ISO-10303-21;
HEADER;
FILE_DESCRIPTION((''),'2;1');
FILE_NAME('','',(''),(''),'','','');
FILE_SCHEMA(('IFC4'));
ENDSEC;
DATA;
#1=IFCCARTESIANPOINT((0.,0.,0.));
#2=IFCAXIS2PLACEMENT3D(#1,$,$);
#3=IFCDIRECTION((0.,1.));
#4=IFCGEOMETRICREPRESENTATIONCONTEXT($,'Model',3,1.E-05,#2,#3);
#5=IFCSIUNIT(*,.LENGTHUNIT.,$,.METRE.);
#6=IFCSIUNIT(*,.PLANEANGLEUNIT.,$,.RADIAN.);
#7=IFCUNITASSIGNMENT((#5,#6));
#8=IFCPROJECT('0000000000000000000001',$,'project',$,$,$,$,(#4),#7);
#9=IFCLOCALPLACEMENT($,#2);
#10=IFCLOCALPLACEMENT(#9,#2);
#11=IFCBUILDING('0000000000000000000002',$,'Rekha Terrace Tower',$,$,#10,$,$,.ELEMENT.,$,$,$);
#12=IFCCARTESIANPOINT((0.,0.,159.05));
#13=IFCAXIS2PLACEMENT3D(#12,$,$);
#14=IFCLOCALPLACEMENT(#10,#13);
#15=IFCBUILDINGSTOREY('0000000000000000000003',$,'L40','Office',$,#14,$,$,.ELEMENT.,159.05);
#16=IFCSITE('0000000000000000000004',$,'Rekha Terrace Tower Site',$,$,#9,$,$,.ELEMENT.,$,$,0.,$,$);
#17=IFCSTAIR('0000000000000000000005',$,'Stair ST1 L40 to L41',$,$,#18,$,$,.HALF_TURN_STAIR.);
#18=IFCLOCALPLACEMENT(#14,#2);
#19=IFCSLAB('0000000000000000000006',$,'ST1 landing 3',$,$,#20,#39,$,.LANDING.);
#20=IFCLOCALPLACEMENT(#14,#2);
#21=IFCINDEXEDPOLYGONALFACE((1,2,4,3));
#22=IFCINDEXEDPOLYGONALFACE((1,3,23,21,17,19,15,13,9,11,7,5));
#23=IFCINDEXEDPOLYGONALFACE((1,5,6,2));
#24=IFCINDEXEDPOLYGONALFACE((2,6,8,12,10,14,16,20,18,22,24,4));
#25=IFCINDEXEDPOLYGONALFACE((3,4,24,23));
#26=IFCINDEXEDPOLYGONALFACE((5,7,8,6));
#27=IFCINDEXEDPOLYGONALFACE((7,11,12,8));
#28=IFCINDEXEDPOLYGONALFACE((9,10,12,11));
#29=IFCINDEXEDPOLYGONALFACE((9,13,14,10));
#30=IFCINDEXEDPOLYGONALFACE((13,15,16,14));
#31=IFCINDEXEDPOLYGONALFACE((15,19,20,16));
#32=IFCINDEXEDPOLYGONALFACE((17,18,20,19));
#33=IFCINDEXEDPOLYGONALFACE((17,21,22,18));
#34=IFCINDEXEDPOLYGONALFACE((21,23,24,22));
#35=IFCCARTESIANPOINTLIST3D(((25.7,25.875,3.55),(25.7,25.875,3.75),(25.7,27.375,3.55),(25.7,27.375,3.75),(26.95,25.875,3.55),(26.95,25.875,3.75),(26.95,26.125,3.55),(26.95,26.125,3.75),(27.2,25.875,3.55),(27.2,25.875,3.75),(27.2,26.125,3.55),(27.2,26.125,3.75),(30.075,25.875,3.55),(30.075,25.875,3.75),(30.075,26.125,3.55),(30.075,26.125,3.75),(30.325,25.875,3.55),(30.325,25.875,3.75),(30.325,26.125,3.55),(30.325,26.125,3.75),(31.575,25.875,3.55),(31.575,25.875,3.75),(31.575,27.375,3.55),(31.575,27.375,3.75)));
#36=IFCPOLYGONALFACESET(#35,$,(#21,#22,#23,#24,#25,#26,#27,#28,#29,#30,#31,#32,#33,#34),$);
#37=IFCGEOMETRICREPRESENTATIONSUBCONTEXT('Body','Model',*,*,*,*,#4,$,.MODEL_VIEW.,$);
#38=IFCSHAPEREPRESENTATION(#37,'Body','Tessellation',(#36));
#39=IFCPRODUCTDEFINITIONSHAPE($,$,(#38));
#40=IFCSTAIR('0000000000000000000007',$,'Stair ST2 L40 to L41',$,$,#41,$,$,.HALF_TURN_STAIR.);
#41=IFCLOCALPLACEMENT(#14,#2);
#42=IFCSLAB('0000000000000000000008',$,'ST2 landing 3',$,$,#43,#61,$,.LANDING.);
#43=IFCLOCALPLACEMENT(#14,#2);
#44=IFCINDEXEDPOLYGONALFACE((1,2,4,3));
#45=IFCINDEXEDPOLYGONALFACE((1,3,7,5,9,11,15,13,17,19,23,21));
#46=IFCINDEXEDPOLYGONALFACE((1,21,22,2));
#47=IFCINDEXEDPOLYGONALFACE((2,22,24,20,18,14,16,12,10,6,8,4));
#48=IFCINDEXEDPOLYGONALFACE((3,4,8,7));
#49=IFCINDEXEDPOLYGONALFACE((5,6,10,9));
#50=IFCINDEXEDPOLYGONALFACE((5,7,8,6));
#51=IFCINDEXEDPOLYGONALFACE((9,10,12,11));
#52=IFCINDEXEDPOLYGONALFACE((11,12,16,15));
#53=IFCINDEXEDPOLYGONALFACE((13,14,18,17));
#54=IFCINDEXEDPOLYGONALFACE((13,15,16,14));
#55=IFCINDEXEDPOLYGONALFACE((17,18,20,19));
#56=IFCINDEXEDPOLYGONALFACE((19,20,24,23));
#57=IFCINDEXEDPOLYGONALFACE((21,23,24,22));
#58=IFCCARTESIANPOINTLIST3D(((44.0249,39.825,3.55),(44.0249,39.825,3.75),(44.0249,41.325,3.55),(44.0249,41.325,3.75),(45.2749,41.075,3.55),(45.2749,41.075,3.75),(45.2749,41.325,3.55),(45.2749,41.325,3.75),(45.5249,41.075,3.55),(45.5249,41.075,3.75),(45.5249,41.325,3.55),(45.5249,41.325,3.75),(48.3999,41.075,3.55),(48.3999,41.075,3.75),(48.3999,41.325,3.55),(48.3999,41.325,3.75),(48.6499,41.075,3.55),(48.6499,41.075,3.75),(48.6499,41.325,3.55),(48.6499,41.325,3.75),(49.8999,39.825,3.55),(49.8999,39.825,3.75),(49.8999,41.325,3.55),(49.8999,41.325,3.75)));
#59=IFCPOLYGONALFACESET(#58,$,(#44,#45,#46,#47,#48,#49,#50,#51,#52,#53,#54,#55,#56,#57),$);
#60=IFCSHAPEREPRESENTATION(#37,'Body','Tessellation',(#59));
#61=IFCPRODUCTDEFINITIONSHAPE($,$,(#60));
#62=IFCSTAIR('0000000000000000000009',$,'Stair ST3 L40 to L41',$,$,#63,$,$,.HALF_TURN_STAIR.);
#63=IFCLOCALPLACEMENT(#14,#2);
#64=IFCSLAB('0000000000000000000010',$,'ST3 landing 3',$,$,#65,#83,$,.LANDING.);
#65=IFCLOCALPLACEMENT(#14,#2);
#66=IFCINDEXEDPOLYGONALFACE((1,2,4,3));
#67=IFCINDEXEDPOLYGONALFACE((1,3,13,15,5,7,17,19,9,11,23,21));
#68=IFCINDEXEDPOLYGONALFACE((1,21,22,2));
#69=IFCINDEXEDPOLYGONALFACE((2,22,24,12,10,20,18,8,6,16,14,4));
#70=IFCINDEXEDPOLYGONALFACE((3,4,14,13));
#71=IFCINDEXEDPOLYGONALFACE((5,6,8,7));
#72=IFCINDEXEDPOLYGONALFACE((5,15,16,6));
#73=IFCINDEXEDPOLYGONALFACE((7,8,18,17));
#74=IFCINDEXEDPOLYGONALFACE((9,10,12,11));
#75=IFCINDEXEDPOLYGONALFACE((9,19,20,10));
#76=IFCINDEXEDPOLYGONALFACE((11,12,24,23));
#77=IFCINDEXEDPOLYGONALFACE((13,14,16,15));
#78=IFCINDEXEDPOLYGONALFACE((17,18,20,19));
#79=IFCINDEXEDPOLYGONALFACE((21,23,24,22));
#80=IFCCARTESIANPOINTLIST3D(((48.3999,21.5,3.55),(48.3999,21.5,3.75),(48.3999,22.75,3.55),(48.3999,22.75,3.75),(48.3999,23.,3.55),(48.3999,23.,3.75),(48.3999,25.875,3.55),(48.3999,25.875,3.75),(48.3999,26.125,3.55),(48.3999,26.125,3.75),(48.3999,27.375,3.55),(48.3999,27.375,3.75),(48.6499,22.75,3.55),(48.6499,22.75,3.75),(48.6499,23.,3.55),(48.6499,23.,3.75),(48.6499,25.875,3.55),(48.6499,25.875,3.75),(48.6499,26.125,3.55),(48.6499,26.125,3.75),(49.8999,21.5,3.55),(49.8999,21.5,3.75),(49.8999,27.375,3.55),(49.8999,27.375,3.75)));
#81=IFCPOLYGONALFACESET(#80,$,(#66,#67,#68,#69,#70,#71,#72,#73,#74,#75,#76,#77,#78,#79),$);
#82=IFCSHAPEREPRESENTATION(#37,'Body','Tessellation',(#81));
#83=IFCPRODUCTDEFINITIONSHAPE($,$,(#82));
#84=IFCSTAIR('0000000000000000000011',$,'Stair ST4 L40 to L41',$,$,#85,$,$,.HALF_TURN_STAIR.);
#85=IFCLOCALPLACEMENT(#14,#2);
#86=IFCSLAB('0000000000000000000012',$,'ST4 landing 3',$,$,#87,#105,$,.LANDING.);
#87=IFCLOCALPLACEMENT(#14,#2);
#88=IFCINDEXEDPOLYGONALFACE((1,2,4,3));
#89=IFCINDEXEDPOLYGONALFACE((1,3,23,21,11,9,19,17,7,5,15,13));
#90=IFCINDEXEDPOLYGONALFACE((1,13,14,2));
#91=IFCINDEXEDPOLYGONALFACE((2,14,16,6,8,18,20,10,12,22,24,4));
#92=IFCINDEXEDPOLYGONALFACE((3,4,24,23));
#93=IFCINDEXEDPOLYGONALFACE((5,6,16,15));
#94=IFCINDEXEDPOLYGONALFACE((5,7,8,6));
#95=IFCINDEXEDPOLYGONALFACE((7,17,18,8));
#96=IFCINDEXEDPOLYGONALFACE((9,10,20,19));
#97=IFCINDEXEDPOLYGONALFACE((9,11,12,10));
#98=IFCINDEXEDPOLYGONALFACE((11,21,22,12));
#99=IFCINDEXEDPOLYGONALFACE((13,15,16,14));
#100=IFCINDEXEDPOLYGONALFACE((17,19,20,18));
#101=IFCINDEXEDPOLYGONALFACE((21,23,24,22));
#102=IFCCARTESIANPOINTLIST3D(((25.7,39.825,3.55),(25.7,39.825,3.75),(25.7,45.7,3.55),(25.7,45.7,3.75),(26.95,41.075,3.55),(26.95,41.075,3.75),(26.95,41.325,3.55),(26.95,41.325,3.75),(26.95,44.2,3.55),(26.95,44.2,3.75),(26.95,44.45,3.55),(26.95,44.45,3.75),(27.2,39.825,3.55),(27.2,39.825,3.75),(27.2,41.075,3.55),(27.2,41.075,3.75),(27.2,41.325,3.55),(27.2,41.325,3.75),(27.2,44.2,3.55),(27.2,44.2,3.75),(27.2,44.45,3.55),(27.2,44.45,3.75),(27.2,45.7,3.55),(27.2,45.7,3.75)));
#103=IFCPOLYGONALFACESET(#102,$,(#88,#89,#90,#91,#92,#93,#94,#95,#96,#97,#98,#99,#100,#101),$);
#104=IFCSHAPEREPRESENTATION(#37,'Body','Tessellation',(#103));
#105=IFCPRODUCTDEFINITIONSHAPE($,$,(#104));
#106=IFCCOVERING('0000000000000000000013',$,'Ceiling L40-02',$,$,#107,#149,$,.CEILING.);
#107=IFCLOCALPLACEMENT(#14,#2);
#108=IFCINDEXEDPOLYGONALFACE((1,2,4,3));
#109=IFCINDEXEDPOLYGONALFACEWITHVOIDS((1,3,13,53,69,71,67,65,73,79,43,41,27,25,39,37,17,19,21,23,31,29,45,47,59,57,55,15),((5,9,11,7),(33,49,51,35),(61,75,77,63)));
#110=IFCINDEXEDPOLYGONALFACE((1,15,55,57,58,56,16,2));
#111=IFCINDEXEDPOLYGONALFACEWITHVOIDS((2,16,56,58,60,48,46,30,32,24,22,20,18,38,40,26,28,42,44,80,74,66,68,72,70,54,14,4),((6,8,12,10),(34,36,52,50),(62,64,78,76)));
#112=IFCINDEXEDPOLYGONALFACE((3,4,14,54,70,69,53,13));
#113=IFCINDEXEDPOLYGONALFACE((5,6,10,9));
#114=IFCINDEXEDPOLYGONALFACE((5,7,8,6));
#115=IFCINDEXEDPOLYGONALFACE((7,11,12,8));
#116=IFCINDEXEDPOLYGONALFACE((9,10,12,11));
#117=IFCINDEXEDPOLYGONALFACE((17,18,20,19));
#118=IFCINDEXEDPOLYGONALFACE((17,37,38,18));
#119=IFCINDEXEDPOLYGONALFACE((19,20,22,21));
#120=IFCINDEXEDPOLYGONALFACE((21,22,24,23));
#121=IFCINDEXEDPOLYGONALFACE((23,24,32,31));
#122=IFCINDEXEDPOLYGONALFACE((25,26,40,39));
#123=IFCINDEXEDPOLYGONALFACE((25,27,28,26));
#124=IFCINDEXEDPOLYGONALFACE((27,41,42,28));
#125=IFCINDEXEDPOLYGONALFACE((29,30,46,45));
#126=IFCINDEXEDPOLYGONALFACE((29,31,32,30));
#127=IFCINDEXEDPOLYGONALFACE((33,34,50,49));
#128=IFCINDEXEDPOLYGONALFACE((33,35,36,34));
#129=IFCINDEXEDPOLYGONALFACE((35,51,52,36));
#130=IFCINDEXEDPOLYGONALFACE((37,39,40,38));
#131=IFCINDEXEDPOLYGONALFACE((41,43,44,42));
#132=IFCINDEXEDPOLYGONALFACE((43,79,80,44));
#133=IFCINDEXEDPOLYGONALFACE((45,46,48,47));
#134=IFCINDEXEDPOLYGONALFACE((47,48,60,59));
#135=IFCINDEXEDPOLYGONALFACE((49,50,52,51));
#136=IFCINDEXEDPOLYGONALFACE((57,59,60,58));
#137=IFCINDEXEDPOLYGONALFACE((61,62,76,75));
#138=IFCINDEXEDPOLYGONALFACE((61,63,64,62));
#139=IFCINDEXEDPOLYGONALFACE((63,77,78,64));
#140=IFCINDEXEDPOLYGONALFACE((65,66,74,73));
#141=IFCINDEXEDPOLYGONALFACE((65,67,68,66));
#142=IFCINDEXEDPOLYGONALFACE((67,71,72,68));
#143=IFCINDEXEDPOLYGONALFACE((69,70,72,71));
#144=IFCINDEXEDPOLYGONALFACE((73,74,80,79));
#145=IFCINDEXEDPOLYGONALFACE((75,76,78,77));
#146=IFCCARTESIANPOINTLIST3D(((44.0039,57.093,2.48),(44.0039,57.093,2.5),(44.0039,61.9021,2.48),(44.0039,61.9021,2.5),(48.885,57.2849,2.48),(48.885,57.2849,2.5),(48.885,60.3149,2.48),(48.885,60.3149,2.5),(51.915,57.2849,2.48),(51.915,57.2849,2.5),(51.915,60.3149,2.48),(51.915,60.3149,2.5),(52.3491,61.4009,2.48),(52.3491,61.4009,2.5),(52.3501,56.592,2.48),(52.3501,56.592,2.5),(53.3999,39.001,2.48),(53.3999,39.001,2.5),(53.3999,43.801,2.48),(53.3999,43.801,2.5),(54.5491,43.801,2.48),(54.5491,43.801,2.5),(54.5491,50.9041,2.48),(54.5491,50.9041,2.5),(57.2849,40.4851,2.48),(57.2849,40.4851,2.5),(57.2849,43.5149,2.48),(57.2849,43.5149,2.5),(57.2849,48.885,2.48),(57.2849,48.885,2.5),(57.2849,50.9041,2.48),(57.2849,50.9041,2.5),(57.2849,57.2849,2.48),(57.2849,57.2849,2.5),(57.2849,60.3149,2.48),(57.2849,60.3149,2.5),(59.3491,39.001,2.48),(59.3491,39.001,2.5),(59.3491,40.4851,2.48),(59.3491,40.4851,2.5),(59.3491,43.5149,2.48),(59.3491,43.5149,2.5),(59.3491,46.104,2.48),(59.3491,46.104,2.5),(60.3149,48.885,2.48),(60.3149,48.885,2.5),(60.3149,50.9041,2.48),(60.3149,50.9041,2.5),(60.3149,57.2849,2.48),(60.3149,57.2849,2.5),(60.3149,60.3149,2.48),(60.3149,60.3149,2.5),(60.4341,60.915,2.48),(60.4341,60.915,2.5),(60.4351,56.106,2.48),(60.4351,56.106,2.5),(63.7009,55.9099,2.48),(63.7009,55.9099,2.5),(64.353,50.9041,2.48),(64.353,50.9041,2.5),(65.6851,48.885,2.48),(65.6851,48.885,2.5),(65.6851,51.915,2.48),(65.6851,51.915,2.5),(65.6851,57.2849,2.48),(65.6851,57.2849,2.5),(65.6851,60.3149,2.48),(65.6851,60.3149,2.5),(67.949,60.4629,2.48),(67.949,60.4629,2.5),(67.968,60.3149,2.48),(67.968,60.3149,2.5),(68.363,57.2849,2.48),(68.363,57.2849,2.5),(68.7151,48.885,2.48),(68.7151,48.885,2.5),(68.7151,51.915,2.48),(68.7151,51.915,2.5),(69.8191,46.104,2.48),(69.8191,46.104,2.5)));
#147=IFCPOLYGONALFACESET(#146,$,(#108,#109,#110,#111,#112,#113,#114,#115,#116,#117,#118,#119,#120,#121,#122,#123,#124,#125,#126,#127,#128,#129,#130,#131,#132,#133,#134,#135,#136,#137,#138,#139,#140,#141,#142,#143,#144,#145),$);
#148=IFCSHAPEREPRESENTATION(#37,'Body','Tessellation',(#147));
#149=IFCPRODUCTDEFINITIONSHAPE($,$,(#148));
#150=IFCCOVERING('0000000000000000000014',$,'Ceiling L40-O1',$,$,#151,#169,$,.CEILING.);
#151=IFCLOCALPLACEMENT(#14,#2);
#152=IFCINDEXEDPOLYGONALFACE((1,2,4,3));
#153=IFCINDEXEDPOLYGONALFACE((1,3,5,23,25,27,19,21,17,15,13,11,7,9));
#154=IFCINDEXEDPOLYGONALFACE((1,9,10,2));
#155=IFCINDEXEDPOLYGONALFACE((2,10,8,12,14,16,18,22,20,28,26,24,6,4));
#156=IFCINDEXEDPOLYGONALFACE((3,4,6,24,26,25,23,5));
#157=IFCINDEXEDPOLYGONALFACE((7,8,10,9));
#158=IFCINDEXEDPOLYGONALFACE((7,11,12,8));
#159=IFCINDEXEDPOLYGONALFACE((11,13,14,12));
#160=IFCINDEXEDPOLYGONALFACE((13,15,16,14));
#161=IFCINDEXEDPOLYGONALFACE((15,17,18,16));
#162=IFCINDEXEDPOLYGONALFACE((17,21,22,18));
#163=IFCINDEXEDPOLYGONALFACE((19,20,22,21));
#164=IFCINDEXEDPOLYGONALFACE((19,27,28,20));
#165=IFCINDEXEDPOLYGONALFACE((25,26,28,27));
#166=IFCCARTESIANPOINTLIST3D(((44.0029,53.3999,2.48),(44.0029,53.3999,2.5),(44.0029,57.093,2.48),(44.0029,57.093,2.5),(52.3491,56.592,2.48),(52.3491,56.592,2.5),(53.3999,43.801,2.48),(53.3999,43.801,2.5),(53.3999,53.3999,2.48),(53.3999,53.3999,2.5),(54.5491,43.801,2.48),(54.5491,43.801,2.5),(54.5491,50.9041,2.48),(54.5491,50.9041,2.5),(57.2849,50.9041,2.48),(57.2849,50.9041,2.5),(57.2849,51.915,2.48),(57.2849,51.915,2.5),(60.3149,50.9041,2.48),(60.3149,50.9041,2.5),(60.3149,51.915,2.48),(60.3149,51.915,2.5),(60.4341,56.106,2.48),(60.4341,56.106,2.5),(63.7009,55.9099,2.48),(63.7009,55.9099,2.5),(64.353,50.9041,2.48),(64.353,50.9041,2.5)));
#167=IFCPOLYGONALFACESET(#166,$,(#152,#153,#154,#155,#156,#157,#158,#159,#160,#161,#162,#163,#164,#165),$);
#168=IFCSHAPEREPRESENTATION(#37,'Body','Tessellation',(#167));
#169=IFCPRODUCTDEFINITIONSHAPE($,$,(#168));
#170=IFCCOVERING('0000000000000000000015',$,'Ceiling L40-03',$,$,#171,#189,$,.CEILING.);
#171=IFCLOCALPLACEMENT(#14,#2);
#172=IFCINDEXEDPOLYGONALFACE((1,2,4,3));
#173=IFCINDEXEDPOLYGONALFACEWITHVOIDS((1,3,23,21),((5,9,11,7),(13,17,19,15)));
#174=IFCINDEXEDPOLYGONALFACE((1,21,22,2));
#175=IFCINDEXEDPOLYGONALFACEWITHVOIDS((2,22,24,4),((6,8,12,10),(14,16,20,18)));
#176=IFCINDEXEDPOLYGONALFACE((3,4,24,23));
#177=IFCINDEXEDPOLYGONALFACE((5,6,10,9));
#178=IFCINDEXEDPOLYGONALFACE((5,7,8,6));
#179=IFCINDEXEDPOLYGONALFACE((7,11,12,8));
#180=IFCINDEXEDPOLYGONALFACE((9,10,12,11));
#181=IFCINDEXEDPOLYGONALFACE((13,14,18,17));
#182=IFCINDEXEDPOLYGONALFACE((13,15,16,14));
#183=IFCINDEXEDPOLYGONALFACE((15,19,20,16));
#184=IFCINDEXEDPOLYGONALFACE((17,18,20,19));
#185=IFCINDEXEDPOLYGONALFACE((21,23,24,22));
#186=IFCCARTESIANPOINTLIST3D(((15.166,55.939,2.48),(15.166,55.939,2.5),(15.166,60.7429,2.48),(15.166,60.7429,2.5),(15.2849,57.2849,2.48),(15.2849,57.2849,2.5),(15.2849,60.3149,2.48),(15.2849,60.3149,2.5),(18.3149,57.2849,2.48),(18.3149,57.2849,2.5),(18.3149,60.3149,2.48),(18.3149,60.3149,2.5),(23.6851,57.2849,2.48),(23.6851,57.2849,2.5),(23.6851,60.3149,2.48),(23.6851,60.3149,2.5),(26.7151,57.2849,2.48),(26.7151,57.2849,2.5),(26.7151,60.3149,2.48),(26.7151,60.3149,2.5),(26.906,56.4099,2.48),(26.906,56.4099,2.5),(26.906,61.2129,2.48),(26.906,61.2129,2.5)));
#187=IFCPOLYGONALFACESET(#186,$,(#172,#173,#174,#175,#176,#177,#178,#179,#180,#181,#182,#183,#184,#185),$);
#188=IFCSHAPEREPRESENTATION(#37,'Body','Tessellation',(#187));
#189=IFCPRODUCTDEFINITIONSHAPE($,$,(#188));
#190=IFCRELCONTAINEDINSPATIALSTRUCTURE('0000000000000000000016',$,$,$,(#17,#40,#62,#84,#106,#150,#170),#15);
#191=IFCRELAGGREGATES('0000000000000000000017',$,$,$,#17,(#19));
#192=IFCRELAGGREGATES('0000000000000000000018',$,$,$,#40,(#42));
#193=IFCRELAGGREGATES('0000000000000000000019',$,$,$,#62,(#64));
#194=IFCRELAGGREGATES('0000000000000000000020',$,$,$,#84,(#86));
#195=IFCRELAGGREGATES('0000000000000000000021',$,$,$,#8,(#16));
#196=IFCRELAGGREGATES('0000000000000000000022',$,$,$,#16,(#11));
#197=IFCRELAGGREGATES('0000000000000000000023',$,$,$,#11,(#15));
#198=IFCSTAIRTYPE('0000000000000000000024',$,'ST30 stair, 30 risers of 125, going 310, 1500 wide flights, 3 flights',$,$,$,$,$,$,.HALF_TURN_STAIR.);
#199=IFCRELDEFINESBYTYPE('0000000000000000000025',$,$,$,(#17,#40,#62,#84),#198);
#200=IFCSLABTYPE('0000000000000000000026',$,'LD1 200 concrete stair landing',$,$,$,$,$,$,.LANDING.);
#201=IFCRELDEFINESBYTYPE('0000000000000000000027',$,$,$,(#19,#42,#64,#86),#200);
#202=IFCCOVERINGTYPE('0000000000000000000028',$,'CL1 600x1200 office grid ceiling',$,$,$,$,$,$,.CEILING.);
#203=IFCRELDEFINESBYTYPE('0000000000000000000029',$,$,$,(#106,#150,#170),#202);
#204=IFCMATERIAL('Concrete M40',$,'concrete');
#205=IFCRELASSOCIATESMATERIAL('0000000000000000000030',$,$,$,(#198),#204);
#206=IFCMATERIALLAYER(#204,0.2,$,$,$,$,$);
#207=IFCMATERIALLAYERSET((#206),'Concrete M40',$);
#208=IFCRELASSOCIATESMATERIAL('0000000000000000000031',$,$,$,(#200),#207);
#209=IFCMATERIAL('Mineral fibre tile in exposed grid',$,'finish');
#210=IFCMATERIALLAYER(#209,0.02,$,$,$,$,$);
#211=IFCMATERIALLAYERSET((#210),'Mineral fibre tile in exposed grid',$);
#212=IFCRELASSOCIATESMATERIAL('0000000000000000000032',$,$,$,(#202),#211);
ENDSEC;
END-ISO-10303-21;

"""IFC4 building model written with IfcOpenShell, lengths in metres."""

from ifc_helpers import new_model, si_unit, direction, frame, origin, place, context, subcontext, project, spatial, polyline, outline, extrude, material, layer, layer_set, type_object, element, aggregate, save


model = new_model("IFC4")

# Units and contexts
model_context = context("Model", 3, precision=1e-05, world=origin(), true_north=direction((0.0, 1.0)))
body_context = subcontext(model_context, "Body", "Model", "MODEL_VIEW")
ifc_project = project(units=[si_unit("LENGTHUNIT", "METRE"), si_unit("PLANEANGLEUNIT", "RADIAN")], contexts=[model_context])

# Site, building, storey
site_placement = place(None, origin())
site = spatial("IfcSite", under=ifc_project, at=site_placement, Name="Rekha Terrace Tower Site", CompositionType="ELEMENT", RefElevation=0.0)
building_placement = place(site_placement, origin())
building = spatial("IfcBuilding", under=site, at=building_placement, Name="Rekha Terrace Tower", CompositionType="ELEMENT")
storey_placement = place(building_placement, frame((0.0, 0.0, 159.05)))
storey = spatial("IfcBuildingStorey", under=building, at=storey_placement, Name="L40", Description="Office", CompositionType="ELEMENT", Elevation=159.05)

# Stairs, slabs
ifc_material_1 = material(Name="Concrete M40", Category="concrete")
stair_type = type_object("IfcStairType", Name="ST30 stair, 30 risers of 125, going 310, 1500 wide flights, 3 flights", PredefinedType="HALF_TURN_STAIR", material=ifc_material_1)
stair_1_placement = place(storey_placement, origin())
stair_1 = element("IfcStair", 1, at=stair_1_placement, inside=storey, type_object=stair_type, Name="Stair ST1 L40 to L41", PredefinedType="HALF_TURN_STAIR")
ifc_layer_1 = layer(ifc_material_1, 0.2)
ifc_layer_set_1 = layer_set([ifc_layer_1], Name="Concrete M40")
slab_type = type_object("IfcSlabType", Name="LD1 200 concrete stair landing", PredefinedType="LANDING", material=ifc_layer_set_1)
slab_1_placement = place(storey_placement, frame((0.0, 0.0, 3.55)))
slab_1 = element("IfcSlab", 2, at=slab_1_placement, type_object=slab_type, Name="ST1 landing 3", PredefinedType="LANDING", context=body_context, shape_type="SweptSolid", body=[
    extrude(outline(polyline([(31.575, 25.875), (31.575, 27.375), (25.7, 27.375), (25.7, 25.875), (26.95, 25.875), (26.95, 26.125), (27.2, 26.125), (27.2, 25.875), (30.075, 25.875), (30.075, 26.125), (30.325, 26.125), (30.325, 25.875), (31.575, 25.875)])), origin(), (0.0, 0.0, 1.0), 0.2),
])
aggregate(stair_1, [slab_1])
stair_2_placement = place(storey_placement, origin())
stair_2 = element("IfcStair", 3, at=stair_2_placement, inside=storey, type_object=stair_type, Name="Stair ST2 L40 to L41", PredefinedType="HALF_TURN_STAIR")
slab_2_placement = place(storey_placement, frame((0.0, 0.0, 3.55)))
slab_2 = element("IfcSlab", 4, at=slab_2_placement, type_object=slab_type, Name="ST2 landing 3", PredefinedType="LANDING", context=body_context, shape_type="SweptSolid", body=[
    extrude(outline(polyline([(44.0249, 41.325), (44.0249, 39.825), (49.8999, 39.825), (49.8999, 41.325), (48.6499, 41.325), (48.6499, 41.075), (48.3999, 41.075), (48.3999, 41.325), (45.5249, 41.325), (45.5249, 41.075), (45.2749, 41.075), (45.2749, 41.325), (44.0249, 41.325)])), origin(), (0.0, 0.0, 1.0), 0.2),
])
aggregate(stair_2, [slab_2])
stair_3_placement = place(storey_placement, origin())
stair_3 = element("IfcStair", 5, at=stair_3_placement, inside=storey, type_object=stair_type, Name="Stair ST3 L40 to L41", PredefinedType="HALF_TURN_STAIR")
slab_3_placement = place(storey_placement, frame((0.0, 0.0, 3.55)))
slab_3 = element("IfcSlab", 6, at=slab_3_placement, type_object=slab_type, Name="ST3 landing 3", PredefinedType="LANDING", context=body_context, shape_type="SweptSolid", body=[
    extrude(outline(polyline([(48.3999, 21.5), (49.8999, 21.5), (49.8999, 27.375), (48.3999, 27.375), (48.3999, 26.125), (48.6499, 26.125), (48.6499, 25.875), (48.3999, 25.875), (48.3999, 23.0), (48.6499, 23.0), (48.6499, 22.75), (48.3999, 22.75), (48.3999, 21.5)])), origin(), (0.0, 0.0, 1.0), 0.2),
])
aggregate(stair_3, [slab_3])
stair_4_placement = place(storey_placement, origin())
stair_4 = element("IfcStair", 7, at=stair_4_placement, inside=storey, type_object=stair_type, Name="Stair ST4 L40 to L41", PredefinedType="HALF_TURN_STAIR")
slab_4_placement = place(storey_placement, frame((0.0, 0.0, 3.55)))
slab_4 = element("IfcSlab", 8, at=slab_4_placement, type_object=slab_type, Name="ST4 landing 3", PredefinedType="LANDING", context=body_context, shape_type="SweptSolid", body=[
    extrude(outline(polyline([(27.2, 39.825), (25.7, 39.825), (25.7, 45.7), (27.2, 45.7), (27.2, 44.45), (26.95, 44.45), (26.95, 44.2), (27.2, 44.2), (27.2, 41.325), (26.95, 41.325), (26.95, 41.075), (27.2, 41.075), (27.2, 39.825)])), origin(), (0.0, 0.0, 1.0), 0.2),
])
aggregate(stair_4, [slab_4])

# Coverings
ifc_material_2 = material(Name="Mineral fibre tile in exposed grid", Category="finish")
ifc_layer_2 = layer(ifc_material_2, 0.02)
ifc_layer_set_2 = layer_set([ifc_layer_2], Name="Mineral fibre tile in exposed grid")
covering_type_1 = type_object("IfcCoveringType", Name="CL1 600x1200 office grid ceiling", PredefinedType="CEILING", material=ifc_layer_set_2)
covering_1_placement = place(storey_placement, frame((0.0, 0.0, 2.48)))
element("IfcCovering", 9, at=covering_1_placement, inside=storey, type_object=covering_type_1, Name="Ceiling L40-02", PredefinedType="CEILING", context=body_context, shape_type="SweptSolid", body=[
    extrude(outline(polyline([(60.4341, 60.915), (52.3491, 61.4009), (44.0039, 61.9021), (44.0039, 57.093), (52.3501, 56.592), (60.4351, 56.106), (63.7009, 55.9099), (64.353, 50.9041), (60.3149, 50.9041), (60.3149, 48.885), (57.2849, 48.885), (57.2849, 50.9041), (54.5491, 50.9041), (54.5491, 43.801), (53.3999, 43.801), (53.3999, 39.001), (59.3491, 39.001), (59.3491, 40.4851), (57.2849, 40.4851), (57.2849, 43.5149), (59.3491, 43.5149), (59.3491, 46.104), (69.8191, 46.104), (68.363, 57.2849), (65.6851, 57.2849), (65.6851, 60.3149), (67.968, 60.3149), (67.949, 60.4629), (60.4341, 60.915)]), holes=[polyline([(68.7151, 48.885), (65.6851, 48.885), (65.6851, 51.915), (68.7151, 51.915), (68.7151, 48.885)]), polyline([(60.3149, 57.2849), (57.2849, 57.2849), (57.2849, 60.3149), (60.3149, 60.3149), (60.3149, 57.2849)]), polyline([(51.915, 57.2849), (48.885, 57.2849), (48.885, 60.3149), (51.915, 60.3149), (51.915, 57.2849)])]), origin(), (0.0, 0.0, 1.0), 0.02),
])
covering_2_placement = place(storey_placement, frame((0.0, 0.0, 2.48)))
element("IfcCovering", 10, at=covering_2_placement, inside=storey, type_object=covering_type_1, Name="Ceiling L40-O1", PredefinedType="CEILING", context=body_context, shape_type="SweptSolid", body=[
    extrude(outline(polyline([(52.3491, 56.592), (44.0029, 57.093), (44.0029, 53.3999), (53.3999, 53.3999), (53.3999, 43.801), (54.5491, 43.801), (54.5491, 50.9041), (57.2849, 50.9041), (57.2849, 51.915), (60.3149, 51.915), (60.3149, 50.9041), (64.353, 50.9041), (63.7009, 55.9099), (60.4341, 56.106), (52.3491, 56.592)])), origin(), (0.0, 0.0, 1.0), 0.02),
])
covering_3_placement = place(storey_placement, frame((0.0, 0.0, 2.48)))
element("IfcCovering", 11, at=covering_3_placement, inside=storey, type_object=covering_type_1, Name="Ceiling L40-03", PredefinedType="CEILING", context=body_context, shape_type="SweptSolid", body=[
    extrude(outline(polyline([(15.166, 60.7429), (15.166, 55.939), (26.906, 56.4099), (26.906, 61.2129), (15.166, 60.7429)]), holes=[polyline([(26.7151, 57.2849), (23.6851, 57.2849), (23.6851, 60.3149), (26.7151, 60.3149), (26.7151, 57.2849)]), polyline([(18.3149, 57.2849), (15.2849, 57.2849), (15.2849, 60.3149), (18.3149, 60.3149), (18.3149, 57.2849)])]), origin(), (0.0, 0.0, 1.0), 0.02),
])

save(model, "model.ifc")
